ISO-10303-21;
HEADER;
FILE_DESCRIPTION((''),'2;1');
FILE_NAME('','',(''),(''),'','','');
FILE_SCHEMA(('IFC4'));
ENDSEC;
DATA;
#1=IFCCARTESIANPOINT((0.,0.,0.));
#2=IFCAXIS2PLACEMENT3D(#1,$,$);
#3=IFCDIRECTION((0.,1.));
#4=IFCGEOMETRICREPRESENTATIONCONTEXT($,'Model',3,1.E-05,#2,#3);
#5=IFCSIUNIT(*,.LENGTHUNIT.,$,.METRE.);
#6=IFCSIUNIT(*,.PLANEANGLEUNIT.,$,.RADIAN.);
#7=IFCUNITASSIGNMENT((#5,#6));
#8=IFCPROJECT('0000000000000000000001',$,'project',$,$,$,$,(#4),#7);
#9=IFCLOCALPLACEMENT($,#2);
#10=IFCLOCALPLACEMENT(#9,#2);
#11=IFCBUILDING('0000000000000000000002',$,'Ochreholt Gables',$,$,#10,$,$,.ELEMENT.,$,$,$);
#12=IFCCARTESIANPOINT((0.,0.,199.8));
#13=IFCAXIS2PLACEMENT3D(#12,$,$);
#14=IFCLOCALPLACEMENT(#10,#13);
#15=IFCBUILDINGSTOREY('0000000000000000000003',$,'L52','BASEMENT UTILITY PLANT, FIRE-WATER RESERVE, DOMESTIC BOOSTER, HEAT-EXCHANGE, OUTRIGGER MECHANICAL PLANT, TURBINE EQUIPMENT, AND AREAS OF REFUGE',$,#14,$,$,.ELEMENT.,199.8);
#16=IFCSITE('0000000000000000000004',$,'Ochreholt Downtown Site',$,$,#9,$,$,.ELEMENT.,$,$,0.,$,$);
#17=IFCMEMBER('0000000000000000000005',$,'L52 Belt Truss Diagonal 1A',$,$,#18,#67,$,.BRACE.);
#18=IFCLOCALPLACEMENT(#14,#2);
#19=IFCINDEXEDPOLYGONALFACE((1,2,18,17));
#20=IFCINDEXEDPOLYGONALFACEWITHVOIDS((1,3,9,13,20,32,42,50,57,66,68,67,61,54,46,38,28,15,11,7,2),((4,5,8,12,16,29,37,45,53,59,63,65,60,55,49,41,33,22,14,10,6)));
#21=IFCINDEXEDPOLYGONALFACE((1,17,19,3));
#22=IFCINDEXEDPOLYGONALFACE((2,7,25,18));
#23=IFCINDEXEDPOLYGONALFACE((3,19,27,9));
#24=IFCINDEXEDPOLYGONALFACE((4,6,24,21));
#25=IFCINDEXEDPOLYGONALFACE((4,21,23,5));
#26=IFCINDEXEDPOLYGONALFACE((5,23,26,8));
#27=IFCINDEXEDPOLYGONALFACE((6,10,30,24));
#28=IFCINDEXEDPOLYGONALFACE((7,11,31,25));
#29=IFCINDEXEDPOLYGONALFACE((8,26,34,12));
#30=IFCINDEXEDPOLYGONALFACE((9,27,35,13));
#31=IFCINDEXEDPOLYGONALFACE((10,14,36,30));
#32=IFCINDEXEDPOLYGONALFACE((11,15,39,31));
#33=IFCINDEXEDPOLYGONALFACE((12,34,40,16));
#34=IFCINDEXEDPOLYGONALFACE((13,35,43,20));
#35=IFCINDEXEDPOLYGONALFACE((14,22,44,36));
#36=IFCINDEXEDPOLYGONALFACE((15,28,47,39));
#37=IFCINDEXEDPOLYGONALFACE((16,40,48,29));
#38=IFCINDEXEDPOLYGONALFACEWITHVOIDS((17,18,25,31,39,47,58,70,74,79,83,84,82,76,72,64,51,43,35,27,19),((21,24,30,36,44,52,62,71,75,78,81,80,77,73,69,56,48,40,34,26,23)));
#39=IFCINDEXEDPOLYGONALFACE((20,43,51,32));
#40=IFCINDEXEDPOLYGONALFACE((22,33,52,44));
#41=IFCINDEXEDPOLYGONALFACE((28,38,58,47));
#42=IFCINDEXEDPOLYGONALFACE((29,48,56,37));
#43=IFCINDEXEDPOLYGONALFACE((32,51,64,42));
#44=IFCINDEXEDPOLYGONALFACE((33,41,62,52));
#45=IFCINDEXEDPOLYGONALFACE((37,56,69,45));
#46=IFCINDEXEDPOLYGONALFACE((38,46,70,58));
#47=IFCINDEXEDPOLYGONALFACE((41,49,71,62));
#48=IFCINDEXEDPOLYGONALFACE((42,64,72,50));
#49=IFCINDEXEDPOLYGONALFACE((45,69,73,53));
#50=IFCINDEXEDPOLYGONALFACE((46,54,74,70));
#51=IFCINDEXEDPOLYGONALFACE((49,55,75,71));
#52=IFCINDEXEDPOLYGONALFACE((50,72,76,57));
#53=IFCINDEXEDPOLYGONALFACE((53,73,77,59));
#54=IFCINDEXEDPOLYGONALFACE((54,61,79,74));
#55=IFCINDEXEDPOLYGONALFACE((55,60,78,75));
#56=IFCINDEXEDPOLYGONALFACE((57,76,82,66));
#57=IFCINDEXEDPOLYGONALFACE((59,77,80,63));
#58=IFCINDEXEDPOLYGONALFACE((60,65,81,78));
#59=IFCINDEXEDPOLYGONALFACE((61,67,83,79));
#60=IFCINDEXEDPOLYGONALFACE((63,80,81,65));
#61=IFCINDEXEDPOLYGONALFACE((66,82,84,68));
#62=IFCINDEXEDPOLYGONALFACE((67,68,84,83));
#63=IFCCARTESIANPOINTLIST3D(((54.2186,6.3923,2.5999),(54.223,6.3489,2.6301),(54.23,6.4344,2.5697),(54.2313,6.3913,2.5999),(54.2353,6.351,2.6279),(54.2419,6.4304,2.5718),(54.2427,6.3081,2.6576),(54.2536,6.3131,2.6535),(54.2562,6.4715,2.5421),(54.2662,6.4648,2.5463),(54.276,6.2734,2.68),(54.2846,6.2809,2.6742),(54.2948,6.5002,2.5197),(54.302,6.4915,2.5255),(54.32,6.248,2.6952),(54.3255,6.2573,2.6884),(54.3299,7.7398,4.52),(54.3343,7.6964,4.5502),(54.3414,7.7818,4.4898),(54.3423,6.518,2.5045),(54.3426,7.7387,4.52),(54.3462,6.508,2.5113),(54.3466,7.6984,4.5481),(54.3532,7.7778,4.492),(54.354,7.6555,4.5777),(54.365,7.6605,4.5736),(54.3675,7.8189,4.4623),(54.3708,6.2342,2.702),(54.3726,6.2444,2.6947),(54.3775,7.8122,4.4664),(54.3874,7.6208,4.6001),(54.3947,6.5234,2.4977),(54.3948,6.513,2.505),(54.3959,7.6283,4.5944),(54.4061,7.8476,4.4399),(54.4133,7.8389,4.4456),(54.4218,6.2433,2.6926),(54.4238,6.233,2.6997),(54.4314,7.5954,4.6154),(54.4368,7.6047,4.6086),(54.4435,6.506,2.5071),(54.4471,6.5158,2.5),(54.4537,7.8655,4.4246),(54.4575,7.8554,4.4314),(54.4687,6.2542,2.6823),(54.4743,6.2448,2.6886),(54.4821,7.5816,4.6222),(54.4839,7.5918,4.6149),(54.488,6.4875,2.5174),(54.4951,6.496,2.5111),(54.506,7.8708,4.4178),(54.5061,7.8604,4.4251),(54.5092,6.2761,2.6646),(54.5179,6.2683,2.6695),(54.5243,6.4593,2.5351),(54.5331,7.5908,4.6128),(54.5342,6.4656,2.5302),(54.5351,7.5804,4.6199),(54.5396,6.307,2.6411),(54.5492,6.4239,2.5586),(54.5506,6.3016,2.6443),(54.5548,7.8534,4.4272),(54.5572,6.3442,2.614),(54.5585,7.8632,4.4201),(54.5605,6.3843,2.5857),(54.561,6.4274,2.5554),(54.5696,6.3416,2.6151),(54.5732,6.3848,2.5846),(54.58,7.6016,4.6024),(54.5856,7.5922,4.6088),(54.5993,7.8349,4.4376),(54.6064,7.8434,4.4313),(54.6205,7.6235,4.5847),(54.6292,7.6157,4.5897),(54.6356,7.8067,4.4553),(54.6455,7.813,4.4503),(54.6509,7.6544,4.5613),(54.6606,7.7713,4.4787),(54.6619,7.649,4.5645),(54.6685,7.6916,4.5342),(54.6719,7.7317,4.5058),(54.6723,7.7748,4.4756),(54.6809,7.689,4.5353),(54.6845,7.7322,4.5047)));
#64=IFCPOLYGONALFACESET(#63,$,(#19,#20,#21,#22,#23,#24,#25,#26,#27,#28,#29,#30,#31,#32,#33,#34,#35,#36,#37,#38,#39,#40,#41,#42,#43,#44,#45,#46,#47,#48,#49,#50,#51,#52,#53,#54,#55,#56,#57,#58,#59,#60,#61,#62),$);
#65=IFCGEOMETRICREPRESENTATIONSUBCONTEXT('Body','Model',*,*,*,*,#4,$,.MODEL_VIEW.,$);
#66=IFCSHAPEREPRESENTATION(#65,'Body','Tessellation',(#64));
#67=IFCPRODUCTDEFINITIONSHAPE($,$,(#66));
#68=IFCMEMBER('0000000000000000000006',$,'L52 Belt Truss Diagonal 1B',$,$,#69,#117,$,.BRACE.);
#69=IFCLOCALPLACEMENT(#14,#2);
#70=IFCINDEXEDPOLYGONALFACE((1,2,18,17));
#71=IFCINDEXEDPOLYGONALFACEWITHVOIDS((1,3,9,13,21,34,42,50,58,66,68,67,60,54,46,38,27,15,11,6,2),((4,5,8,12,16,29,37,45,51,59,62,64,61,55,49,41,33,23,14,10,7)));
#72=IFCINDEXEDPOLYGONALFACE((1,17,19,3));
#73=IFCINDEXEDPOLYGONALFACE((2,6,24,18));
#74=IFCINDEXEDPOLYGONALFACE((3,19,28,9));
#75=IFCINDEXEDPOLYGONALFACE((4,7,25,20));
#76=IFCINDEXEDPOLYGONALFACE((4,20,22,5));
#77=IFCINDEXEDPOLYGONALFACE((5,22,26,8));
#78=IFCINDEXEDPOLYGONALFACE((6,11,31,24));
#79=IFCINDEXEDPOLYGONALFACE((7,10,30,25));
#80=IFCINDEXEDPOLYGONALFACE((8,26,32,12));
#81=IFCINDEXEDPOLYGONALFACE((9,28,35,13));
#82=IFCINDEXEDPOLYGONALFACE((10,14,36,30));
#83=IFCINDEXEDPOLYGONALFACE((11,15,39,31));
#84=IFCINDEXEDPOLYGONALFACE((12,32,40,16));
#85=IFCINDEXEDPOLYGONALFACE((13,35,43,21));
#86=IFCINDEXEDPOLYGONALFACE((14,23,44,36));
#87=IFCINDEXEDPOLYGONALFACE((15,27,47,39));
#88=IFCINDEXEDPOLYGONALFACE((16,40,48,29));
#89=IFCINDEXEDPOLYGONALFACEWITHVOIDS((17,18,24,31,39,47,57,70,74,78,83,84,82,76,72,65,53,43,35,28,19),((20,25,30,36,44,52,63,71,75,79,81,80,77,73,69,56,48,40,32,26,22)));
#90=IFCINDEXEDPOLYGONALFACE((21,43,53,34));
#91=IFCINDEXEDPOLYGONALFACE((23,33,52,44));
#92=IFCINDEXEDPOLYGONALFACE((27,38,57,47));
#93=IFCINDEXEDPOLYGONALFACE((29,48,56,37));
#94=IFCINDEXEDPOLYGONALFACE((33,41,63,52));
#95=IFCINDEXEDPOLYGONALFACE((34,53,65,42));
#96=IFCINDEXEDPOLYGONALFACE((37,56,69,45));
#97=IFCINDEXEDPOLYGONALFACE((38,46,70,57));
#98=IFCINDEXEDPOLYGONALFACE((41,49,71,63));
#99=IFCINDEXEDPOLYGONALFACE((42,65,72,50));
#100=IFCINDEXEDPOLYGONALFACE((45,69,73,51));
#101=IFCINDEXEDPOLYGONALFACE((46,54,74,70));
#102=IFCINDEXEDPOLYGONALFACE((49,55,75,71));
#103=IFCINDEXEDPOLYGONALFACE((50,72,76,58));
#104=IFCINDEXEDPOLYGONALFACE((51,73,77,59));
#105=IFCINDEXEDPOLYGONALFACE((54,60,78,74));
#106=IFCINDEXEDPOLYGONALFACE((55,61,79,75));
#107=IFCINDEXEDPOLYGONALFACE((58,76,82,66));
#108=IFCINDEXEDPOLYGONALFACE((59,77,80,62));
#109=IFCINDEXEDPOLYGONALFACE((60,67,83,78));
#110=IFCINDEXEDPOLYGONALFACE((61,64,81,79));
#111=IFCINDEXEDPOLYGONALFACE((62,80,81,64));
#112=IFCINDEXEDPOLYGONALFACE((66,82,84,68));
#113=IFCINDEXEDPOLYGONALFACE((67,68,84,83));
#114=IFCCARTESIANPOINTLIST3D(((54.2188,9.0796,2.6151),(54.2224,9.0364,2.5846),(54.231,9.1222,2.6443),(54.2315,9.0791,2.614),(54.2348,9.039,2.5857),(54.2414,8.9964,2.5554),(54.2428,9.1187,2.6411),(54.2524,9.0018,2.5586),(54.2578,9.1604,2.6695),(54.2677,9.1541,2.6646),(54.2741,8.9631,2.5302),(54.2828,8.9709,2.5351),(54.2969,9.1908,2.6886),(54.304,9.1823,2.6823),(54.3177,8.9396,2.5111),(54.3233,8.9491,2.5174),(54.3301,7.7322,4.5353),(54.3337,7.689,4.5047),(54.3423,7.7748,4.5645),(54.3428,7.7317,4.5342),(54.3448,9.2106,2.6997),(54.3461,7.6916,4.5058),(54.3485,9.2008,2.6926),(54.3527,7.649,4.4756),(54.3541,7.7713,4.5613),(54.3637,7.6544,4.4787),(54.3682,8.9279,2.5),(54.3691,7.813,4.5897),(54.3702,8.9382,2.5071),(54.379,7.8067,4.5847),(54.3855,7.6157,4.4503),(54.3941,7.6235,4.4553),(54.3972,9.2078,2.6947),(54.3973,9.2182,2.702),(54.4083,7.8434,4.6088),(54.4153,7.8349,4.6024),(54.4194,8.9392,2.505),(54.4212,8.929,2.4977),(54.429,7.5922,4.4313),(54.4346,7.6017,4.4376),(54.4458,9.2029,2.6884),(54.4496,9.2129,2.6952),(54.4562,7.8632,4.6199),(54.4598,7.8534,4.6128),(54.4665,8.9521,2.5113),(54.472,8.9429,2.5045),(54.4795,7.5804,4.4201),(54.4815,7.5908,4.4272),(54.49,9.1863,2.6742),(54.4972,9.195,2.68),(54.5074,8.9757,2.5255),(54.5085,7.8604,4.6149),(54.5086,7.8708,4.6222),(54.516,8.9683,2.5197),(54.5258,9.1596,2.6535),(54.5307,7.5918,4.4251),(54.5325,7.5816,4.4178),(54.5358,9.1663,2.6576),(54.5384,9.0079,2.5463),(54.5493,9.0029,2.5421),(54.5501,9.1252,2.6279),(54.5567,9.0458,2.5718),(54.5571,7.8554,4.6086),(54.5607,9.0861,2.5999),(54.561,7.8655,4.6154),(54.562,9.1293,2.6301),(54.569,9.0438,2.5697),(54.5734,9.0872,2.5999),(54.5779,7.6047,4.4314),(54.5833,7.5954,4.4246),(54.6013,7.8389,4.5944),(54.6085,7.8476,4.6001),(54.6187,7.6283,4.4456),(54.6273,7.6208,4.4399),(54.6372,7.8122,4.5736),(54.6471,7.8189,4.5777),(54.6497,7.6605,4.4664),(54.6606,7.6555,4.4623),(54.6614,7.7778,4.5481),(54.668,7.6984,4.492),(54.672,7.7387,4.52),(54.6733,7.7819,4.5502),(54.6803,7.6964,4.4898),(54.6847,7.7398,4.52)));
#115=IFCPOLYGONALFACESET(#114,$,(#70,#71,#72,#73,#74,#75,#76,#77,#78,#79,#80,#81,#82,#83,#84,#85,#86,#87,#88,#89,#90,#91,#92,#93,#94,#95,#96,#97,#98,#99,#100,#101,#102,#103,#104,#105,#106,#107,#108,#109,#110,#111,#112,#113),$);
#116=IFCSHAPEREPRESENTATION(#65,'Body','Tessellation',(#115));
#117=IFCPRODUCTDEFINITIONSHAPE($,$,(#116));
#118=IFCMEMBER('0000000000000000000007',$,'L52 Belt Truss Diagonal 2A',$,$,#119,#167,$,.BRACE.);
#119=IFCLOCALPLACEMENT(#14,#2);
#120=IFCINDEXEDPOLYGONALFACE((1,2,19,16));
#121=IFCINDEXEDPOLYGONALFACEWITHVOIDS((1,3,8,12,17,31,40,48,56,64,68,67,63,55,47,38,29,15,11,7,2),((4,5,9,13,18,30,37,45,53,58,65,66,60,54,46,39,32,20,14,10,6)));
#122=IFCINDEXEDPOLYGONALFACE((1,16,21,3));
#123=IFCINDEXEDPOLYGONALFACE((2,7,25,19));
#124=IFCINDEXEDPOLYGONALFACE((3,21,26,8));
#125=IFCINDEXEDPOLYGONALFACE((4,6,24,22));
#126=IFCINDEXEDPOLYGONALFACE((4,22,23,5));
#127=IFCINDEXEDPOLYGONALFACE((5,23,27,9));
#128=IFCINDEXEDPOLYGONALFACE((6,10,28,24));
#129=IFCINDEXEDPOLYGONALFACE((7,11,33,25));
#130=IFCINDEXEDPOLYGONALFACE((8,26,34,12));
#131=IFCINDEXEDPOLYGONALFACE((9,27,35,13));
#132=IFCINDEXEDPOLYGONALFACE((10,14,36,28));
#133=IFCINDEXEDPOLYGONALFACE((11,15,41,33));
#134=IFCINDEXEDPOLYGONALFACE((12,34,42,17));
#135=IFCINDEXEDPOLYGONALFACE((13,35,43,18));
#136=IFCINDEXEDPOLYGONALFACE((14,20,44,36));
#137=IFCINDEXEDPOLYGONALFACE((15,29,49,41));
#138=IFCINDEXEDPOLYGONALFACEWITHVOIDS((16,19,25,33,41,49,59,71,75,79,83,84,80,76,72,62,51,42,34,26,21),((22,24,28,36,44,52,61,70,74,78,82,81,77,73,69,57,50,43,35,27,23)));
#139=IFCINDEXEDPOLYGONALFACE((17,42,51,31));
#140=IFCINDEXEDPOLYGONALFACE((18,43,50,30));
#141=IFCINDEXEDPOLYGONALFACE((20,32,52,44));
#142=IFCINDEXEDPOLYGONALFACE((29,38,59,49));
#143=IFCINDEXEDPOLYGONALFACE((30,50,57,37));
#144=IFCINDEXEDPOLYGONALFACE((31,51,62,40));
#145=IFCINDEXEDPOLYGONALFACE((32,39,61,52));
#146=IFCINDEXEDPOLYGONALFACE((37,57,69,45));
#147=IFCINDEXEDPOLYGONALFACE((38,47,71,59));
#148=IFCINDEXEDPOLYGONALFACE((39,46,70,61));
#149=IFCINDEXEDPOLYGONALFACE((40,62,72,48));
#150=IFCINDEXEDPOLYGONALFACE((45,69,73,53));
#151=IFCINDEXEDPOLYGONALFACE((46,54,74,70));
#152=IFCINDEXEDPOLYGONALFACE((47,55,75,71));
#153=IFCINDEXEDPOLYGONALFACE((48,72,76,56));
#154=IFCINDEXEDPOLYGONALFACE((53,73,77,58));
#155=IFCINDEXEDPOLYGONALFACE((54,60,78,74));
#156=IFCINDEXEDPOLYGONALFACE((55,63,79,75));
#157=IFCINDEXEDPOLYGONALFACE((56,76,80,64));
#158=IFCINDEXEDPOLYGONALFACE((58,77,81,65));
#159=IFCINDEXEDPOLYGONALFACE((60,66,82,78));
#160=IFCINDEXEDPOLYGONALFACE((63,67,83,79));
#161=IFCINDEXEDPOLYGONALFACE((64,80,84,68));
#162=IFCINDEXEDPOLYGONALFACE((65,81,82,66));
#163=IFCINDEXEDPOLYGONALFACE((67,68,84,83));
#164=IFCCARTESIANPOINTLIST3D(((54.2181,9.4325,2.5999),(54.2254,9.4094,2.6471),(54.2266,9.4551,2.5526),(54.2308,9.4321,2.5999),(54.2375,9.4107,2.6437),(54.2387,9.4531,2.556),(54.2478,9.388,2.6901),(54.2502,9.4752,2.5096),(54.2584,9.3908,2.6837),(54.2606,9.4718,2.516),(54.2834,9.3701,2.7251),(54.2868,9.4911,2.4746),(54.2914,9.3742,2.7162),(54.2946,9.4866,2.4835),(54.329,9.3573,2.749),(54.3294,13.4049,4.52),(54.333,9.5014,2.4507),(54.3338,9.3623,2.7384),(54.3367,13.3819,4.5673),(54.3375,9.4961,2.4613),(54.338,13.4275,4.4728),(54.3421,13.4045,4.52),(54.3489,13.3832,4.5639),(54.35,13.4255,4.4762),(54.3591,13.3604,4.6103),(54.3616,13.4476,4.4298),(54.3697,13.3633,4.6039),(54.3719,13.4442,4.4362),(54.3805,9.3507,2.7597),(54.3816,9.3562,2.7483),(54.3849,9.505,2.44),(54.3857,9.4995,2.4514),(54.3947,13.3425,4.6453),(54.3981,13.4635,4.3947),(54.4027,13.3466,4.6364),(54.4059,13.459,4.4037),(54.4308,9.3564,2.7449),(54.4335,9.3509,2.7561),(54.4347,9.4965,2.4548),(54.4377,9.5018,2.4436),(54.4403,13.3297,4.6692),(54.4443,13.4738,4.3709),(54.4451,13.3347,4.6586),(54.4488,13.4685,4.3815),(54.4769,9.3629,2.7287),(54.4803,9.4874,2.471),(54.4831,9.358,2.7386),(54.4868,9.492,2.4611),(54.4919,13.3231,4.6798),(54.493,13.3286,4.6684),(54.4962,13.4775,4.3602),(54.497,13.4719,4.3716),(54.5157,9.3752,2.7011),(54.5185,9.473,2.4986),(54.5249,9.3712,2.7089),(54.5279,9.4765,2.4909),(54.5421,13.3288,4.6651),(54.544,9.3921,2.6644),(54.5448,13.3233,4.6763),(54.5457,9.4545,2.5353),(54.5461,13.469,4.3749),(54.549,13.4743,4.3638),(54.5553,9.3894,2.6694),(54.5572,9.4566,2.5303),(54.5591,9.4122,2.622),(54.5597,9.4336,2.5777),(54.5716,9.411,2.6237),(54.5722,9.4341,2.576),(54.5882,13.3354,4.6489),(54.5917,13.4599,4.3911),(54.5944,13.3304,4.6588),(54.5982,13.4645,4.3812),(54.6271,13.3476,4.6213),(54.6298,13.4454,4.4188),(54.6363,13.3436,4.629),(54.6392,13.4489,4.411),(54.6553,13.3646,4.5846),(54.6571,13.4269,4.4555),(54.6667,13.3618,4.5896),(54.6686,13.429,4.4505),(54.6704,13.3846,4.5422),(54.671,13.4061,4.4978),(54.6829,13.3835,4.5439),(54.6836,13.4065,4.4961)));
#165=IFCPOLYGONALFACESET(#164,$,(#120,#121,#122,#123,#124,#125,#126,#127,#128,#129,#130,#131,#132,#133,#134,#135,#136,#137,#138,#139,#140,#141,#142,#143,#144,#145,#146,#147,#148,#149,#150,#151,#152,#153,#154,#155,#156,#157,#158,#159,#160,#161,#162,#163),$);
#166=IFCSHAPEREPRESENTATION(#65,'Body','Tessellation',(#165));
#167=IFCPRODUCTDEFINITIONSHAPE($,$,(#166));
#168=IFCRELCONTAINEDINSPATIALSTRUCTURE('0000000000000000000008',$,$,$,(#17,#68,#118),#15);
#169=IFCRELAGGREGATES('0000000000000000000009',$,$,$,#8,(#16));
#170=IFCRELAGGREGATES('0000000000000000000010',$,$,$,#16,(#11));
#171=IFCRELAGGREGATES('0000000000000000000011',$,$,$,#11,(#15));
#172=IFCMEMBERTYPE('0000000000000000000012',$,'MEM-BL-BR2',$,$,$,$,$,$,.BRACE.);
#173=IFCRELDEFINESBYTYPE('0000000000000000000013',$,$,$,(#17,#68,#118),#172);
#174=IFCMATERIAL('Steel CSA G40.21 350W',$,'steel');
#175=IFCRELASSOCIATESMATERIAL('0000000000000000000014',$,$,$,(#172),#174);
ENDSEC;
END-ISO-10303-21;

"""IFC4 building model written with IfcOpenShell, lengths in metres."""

from ifc_helpers import new_model, si_unit, direction, frame, origin, origin_2d, place, context, subcontext, project, spatial, hollow_circle, extrude, material, material_profile, profile_set, type_object, element, save


model = new_model("IFC4")

# Units and contexts
model_context = context("Model", 3, precision=1e-05, world=origin(), true_north=direction((0.0, 1.0)))
body_context = subcontext(model_context, "Body", "Model", "MODEL_VIEW")
ifc_project = project(units=[si_unit("LENGTHUNIT", "METRE"), si_unit("PLANEANGLEUNIT", "RADIAN")], contexts=[model_context])

# Site, building, storey
site_placement = place(None, origin())
site = spatial("IfcSite", under=ifc_project, at=site_placement, Name="Ochreholt Downtown Site", CompositionType="ELEMENT", RefElevation=0.0)
building_placement = place(site_placement, origin())
building = spatial("IfcBuilding", under=site, at=building_placement, Name="Ochreholt Gables", CompositionType="ELEMENT")
storey_placement = place(building_placement, frame((0.0, 0.0, 199.8)))
storey = spatial("IfcBuildingStorey", under=building, at=storey_placement, Name="L52", Description="BASEMENT UTILITY PLANT, FIRE-WATER RESERVE, DOMESTIC BOOSTER, HEAT-EXCHANGE, OUTRIGGER MECHANICAL PLANT, TURBINE EQUIPMENT, AND AREAS OF REFUGE", CompositionType="ELEMENT", Elevation=199.8)

# Shared definitions
ifc_material_1 = material(Name="Steel CSA G40.21 350W", Category="steel")

# Members
ifc_material_profile_1 = material_profile(ifc_material_1, hollow_circle(Radius=0.178, WallThickness=0.0127, at=origin_2d()), Name="CHS356X13")
ifc_profile_set_1 = profile_set([ifc_material_profile_1], Name="Steel CSA G40.21 350W")
member_type_1 = type_object("IfcMemberType", Name="MEM-BL-BR2", PredefinedType="BRACE", material=ifc_profile_set_1)
for number, where, z_axis, x_axis, name in (
    (1, (54.396, 6.3777, 2.5999), (0.047406, 0.573759, 0.817651), (-0.996604, 0.082343, 0.0), "L52 Belt Truss Diagonal 1A"),
    (2, (54.396, 9.0725, 2.5999), (0.047406, -0.573759, 0.817651), (0.996604, 0.082343, 0.0), "L52 Belt Truss Diagonal 1B"),
):
    element("IfcMember", number, at=place(storey_placement, frame(where, z_axis=z_axis, x_axis=x_axis)), inside=storey, type_object=member_type_1, Name=name, PredefinedType="BRACE", context=body_context, shape_type="SweptSolid", body=[
        extrude(hollow_circle(Radius=0.178, WallThickness=0.0127, at=origin_2d()), origin(), (0.0, 0.0, 1.0), 2.3484),
    ])
for number, where, z_axis, x_axis, name in (
    (3, (54.396, 9.4275, 2.5999), (0.025224, 0.900048, 0.435061), (-0.999608, 0.028014, 0.0), "L52 Belt Truss Diagonal 2A"),
):
    element("IfcMember", number, at=place(storey_placement, frame(where, z_axis=z_axis, x_axis=x_axis)), inside=storey, type_object=member_type_1, Name=name, PredefinedType="BRACE", context=body_context, shape_type="SweptSolid", body=[
        extrude(hollow_circle(Radius=0.178, WallThickness=0.0127, at=origin_2d()), origin(), (0.0, 0.0, 1.0), 4.4136),
    ])

save(model, "model.ifc")
